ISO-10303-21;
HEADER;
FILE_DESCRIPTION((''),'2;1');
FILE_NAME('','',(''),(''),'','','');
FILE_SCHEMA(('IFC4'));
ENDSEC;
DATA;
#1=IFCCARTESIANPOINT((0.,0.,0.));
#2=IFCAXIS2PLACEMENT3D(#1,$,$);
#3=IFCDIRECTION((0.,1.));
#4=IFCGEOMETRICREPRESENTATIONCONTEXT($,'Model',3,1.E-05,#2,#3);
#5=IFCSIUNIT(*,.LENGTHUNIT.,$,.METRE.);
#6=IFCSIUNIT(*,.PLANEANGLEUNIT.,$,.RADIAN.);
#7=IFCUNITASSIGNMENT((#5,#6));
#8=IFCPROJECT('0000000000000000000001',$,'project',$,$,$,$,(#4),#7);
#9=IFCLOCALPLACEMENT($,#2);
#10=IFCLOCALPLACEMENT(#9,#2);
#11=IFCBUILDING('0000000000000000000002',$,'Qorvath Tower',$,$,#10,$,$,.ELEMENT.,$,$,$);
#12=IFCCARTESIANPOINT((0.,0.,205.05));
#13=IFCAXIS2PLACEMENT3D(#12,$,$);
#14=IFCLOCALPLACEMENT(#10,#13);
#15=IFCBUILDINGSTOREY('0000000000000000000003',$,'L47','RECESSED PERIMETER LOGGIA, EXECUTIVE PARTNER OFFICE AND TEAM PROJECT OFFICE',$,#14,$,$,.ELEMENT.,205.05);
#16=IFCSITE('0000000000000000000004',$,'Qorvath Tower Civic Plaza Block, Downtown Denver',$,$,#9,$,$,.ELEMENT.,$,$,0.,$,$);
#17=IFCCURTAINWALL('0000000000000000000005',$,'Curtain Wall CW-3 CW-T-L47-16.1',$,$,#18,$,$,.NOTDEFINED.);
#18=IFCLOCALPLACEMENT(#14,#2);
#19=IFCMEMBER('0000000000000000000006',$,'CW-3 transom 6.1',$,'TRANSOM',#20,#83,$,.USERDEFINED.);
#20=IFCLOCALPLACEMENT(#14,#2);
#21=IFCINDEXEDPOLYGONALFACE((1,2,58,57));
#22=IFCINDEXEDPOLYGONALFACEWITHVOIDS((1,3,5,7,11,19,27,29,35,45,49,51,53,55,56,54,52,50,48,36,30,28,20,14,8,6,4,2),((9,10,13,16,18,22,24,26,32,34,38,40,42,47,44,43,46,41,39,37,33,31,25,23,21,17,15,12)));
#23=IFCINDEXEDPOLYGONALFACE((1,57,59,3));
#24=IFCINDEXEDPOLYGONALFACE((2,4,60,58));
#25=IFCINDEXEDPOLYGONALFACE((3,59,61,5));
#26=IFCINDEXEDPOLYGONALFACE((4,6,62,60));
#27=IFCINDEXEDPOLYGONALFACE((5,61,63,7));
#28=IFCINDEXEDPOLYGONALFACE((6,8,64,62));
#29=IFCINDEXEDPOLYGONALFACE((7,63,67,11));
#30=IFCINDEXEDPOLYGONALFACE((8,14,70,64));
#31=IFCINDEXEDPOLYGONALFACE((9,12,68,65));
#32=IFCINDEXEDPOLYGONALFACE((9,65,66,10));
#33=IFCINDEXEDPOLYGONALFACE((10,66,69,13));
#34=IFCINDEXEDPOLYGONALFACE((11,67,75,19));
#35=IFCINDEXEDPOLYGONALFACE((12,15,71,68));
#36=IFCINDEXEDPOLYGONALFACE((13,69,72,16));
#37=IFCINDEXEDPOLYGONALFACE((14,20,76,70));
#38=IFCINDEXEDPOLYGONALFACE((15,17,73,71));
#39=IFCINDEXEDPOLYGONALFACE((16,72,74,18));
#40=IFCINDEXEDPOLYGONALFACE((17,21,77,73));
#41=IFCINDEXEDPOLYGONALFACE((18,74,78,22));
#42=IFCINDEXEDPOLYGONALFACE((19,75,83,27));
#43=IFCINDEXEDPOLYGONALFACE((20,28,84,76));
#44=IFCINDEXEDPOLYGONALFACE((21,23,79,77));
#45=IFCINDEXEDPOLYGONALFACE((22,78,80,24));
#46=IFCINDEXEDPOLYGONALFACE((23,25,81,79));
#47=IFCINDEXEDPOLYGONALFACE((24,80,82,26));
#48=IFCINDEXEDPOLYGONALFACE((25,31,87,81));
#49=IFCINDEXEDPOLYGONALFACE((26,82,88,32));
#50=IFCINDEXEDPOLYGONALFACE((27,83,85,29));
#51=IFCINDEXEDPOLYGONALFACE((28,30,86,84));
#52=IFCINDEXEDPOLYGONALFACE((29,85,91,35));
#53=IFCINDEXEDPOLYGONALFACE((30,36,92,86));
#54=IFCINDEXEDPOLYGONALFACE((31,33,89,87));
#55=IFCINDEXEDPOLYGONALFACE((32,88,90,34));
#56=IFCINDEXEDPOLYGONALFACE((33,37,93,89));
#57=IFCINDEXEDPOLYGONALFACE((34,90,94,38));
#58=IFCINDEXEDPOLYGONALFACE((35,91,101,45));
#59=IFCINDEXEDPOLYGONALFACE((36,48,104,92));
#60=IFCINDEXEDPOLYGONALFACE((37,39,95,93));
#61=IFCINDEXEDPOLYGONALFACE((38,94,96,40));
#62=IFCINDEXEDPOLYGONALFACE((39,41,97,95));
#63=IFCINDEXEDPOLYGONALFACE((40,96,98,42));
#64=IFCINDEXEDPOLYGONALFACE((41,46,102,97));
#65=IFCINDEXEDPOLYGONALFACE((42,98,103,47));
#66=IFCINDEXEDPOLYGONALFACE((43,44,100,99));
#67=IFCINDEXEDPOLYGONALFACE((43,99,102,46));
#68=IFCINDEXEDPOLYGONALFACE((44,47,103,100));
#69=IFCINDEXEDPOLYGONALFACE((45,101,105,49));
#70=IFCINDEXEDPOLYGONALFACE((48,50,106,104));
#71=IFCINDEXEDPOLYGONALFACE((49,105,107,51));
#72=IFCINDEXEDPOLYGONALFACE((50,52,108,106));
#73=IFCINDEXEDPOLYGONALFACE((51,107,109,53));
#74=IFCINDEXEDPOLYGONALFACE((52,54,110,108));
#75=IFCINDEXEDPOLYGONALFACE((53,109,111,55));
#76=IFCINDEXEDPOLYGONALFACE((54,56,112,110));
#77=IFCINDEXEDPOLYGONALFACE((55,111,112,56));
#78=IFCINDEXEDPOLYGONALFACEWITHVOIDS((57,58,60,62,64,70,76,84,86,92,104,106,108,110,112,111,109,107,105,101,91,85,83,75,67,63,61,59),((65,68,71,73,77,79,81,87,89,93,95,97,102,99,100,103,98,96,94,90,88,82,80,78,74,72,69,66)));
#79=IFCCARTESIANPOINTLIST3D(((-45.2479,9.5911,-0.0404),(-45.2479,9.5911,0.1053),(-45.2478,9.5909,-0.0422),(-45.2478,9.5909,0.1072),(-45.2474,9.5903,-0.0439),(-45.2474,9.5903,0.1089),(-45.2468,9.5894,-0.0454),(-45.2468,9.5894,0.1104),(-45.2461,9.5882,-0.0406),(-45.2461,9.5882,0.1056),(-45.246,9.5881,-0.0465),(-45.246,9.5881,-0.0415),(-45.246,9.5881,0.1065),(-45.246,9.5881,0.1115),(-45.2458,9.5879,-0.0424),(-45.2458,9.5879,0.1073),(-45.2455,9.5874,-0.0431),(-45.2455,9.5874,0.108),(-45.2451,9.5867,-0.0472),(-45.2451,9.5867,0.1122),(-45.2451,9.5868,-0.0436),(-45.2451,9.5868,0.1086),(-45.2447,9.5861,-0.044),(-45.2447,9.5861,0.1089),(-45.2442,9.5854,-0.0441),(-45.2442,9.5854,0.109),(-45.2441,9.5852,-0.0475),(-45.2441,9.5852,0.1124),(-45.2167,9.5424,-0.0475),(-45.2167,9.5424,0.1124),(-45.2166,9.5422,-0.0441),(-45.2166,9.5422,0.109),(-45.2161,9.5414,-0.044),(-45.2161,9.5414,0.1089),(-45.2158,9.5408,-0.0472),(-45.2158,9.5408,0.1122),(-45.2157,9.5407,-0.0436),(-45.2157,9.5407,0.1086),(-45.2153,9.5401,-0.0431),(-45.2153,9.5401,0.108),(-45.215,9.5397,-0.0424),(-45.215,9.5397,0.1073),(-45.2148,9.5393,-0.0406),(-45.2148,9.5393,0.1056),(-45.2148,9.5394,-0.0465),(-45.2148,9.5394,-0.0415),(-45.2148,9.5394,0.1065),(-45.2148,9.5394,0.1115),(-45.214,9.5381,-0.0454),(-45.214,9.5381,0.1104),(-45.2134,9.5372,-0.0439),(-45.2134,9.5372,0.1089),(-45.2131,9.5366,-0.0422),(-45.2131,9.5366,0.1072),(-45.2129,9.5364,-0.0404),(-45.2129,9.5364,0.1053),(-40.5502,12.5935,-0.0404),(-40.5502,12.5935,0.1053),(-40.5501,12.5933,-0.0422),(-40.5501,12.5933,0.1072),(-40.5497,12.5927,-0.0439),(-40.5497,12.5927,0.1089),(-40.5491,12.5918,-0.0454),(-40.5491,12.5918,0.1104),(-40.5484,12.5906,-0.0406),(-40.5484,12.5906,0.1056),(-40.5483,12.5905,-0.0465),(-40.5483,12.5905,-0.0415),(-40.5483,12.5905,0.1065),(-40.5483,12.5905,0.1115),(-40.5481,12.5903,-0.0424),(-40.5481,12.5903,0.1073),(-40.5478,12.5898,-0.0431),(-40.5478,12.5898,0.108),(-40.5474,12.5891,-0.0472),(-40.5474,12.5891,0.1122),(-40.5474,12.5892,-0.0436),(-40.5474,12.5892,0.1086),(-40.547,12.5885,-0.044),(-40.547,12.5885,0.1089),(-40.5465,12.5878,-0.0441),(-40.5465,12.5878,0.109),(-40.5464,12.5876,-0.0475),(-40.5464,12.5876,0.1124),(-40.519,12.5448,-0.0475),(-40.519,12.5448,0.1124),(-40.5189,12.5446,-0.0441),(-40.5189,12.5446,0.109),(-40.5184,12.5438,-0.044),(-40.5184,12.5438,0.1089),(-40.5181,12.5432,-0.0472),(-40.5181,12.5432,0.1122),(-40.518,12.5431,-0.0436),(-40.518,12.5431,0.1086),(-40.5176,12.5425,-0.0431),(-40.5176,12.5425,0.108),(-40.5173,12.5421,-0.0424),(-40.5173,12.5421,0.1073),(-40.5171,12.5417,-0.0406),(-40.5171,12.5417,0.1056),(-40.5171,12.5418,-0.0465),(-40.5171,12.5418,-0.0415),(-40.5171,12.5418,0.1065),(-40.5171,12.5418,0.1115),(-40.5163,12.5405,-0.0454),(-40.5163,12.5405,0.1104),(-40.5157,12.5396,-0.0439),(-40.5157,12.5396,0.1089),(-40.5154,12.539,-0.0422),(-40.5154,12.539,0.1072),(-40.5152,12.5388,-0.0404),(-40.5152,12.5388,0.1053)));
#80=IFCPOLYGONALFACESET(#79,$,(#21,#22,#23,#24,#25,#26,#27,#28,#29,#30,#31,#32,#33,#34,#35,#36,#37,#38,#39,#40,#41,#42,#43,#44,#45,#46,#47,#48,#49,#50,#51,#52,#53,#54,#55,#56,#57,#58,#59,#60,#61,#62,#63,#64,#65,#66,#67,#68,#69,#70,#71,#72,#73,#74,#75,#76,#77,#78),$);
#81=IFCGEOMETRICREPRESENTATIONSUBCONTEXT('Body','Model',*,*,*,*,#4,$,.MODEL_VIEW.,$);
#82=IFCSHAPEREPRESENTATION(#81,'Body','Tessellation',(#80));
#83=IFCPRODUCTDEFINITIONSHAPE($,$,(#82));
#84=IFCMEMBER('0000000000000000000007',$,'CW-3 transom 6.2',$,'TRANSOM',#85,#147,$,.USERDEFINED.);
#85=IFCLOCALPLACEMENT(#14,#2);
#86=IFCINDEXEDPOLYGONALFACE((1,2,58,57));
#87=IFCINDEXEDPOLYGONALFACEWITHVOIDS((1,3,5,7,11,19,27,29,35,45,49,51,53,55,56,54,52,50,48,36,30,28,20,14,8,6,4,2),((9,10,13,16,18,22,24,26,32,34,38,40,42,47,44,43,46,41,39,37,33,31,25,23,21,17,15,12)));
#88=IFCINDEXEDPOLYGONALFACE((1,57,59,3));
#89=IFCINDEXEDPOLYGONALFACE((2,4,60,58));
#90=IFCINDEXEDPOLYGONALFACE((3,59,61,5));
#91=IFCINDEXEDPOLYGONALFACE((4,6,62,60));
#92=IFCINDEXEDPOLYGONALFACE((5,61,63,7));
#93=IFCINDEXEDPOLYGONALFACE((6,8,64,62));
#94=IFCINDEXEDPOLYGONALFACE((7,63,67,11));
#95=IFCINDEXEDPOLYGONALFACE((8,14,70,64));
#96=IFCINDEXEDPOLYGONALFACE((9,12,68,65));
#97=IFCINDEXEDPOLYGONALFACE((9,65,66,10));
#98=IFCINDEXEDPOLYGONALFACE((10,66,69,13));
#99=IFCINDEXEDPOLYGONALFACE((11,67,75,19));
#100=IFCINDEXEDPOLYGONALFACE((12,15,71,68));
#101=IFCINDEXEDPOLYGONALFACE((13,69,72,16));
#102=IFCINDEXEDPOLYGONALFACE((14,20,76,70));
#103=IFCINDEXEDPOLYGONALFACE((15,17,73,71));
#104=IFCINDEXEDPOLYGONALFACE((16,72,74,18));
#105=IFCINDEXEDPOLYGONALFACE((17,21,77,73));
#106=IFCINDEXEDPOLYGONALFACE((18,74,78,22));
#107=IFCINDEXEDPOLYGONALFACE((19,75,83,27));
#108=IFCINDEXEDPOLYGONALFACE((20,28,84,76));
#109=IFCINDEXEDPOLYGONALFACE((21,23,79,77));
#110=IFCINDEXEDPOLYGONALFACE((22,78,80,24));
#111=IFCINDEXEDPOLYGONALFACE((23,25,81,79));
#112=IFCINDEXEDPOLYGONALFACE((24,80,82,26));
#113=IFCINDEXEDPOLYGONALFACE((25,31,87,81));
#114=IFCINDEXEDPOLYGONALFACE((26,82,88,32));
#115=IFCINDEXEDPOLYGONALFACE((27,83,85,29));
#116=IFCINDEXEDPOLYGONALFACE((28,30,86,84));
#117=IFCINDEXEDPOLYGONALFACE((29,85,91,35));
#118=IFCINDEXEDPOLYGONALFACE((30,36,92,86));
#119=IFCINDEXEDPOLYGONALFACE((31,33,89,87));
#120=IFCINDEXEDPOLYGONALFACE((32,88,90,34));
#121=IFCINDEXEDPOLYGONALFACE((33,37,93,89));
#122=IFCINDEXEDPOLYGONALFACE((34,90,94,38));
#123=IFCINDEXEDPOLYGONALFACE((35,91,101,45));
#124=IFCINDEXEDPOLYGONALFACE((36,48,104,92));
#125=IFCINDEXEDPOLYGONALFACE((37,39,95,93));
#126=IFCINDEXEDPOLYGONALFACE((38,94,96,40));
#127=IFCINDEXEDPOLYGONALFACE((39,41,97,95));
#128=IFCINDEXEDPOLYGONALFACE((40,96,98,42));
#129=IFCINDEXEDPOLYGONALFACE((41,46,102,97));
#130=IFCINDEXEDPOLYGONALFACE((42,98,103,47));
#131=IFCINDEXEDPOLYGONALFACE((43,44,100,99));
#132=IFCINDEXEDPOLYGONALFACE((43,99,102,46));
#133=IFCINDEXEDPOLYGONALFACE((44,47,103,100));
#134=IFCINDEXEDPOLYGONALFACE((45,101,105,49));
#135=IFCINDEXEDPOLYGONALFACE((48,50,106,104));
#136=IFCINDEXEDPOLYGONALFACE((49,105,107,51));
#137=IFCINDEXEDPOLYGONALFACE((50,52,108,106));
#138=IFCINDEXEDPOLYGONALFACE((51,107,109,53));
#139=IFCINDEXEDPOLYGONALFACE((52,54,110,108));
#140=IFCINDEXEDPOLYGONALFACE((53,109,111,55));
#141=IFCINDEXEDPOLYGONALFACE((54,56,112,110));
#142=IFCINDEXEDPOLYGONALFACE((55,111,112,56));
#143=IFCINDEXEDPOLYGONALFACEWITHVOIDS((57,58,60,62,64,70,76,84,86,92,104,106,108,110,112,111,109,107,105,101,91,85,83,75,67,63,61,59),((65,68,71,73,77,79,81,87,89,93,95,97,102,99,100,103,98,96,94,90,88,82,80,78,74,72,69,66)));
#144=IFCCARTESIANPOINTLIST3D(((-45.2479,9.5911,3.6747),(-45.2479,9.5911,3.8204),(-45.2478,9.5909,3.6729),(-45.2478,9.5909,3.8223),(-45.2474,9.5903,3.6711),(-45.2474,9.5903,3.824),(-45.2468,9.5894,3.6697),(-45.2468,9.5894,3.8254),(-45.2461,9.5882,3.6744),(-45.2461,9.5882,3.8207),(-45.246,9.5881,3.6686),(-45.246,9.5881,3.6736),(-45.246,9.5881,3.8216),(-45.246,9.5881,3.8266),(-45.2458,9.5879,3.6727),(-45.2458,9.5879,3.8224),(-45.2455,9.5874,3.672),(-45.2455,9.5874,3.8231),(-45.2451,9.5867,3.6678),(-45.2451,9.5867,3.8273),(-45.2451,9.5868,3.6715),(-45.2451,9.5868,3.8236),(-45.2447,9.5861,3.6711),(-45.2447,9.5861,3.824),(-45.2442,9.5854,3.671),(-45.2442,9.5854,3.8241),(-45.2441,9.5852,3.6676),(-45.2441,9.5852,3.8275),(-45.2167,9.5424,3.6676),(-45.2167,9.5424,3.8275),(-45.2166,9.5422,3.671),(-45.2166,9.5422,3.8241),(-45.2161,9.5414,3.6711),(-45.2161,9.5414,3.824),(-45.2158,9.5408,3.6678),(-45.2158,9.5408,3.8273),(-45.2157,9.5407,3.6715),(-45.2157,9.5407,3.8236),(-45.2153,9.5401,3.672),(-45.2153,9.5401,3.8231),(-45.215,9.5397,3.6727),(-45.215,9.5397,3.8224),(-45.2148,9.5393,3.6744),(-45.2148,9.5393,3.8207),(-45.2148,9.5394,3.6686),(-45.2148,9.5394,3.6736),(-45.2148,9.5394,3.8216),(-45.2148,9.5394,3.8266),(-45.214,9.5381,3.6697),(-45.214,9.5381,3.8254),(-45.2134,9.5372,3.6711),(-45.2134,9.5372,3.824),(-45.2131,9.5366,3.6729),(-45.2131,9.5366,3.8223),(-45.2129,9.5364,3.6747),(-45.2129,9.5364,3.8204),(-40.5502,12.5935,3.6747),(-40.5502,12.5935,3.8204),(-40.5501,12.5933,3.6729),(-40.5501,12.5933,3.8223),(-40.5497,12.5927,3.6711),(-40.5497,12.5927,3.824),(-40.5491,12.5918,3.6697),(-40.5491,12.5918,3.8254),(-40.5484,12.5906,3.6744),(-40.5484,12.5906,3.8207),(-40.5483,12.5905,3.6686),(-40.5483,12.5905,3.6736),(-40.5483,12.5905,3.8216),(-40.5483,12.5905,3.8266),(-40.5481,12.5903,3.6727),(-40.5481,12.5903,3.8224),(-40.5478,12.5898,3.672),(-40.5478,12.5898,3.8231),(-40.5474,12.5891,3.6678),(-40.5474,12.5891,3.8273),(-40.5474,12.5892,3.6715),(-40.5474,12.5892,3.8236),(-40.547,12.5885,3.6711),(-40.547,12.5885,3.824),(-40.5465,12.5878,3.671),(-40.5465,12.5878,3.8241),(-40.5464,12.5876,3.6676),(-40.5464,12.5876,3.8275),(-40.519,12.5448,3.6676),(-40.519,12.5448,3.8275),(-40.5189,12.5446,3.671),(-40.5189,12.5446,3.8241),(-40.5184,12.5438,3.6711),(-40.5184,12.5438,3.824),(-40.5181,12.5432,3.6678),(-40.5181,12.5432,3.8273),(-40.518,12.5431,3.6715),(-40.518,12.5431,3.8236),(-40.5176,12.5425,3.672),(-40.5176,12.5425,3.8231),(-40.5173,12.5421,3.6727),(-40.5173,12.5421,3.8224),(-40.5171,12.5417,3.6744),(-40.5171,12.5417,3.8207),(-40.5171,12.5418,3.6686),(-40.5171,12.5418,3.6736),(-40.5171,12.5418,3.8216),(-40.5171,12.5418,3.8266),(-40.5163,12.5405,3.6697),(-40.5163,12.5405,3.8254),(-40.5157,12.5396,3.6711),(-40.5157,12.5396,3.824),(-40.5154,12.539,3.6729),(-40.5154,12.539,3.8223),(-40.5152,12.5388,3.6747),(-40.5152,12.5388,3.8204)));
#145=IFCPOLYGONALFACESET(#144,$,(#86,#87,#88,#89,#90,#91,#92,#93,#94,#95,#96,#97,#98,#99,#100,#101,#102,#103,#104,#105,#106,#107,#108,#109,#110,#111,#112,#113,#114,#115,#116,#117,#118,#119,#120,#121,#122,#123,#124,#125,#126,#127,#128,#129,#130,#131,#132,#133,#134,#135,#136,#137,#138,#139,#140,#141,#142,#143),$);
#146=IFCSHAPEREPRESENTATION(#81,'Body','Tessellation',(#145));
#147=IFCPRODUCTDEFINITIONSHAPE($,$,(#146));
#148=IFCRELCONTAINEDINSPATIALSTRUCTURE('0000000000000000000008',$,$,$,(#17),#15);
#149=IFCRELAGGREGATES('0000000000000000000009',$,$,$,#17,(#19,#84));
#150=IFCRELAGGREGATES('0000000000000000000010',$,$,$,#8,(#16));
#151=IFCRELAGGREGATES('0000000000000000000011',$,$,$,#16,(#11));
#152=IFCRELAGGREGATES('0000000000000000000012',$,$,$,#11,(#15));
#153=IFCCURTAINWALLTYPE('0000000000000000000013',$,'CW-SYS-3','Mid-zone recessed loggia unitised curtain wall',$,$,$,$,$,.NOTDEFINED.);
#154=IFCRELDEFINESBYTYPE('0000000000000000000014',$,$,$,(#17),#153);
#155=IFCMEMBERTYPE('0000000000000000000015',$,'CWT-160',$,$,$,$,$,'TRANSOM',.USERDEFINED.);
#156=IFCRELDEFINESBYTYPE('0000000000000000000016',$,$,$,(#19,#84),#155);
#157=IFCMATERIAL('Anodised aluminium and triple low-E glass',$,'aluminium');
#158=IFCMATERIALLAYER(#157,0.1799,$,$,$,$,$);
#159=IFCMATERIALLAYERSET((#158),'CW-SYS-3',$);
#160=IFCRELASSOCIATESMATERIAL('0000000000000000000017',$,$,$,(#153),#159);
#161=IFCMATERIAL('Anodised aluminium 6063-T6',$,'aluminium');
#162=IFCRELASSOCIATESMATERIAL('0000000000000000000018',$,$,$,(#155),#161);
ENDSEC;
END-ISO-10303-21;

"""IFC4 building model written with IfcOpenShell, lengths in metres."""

from ifc_helpers import new_model, si_unit, direction, frame, origin, origin_2d, place, context, subcontext, project, spatial, hollow_rectangle, extrude, material, layer, layer_set, material_profile, profile_set, type_object, element, aggregate, save


model = new_model("IFC4")

# Units and contexts
model_context = context("Model", 3, precision=1e-05, world=origin(), true_north=direction((0.0, 1.0)))
body_context = subcontext(model_context, "Body", "Model", "MODEL_VIEW")
ifc_project = project(units=[si_unit("LENGTHUNIT", "METRE"), si_unit("PLANEANGLEUNIT", "RADIAN")], contexts=[model_context])

# Site, building, storey
site_placement = place(None, origin())
site = spatial("IfcSite", under=ifc_project, at=site_placement, Name="Qorvath Tower Civic Plaza Block, Downtown Denver", CompositionType="ELEMENT", RefElevation=0.0)
building_placement = place(site_placement, origin())
building = spatial("IfcBuilding", under=site, at=building_placement, Name="Qorvath Tower", CompositionType="ELEMENT")
storey_placement = place(building_placement, frame((0.0, 0.0, 205.05)))
storey = spatial("IfcBuildingStorey", under=building, at=storey_placement, Name="L47", Description="RECESSED PERIMETER LOGGIA, EXECUTIVE PARTNER OFFICE AND TEAM PROJECT OFFICE", CompositionType="ELEMENT", Elevation=205.05)

# Curtain wall, members
ifc_material_1 = material(Name="Anodised aluminium and triple low-E glass", Category="aluminium")
ifc_layer_1 = layer(ifc_material_1, 0.1799)
ifc_layer_set_1 = layer_set([ifc_layer_1], Name="CW-SYS-3")
curtain_wall_type = type_object("IfcCurtainWallType", Name="CW-SYS-3", Description="Mid-zone recessed loggia unitised curtain wall", PredefinedType="NOTDEFINED", material=ifc_layer_set_1)
curtain_wall_placement = place(storey_placement, origin())
curtain_wall = element("IfcCurtainWall", 1, at=curtain_wall_placement, inside=storey, type_object=curtain_wall_type, Name="Curtain Wall CW-3 CW-T-L47-16.1", PredefinedType="NOTDEFINED")
ifc_material_2 = material(Name="Anodised aluminium 6063-T6", Category="aluminium")
ifc_material_profile_1 = material_profile(ifc_material_2, hollow_rectangle(XDim=0.0649, YDim=0.1599, WallThickness=0.0034, InnerFilletRadius=0.0034, OuterFilletRadius=0.0071, at=origin_2d()), Name="CWT 160x65")
ifc_profile_set_1 = profile_set([ifc_material_profile_1], Name="Anodised aluminium 6063-T6")
member_type_1 = type_object("IfcMemberType", Name="CWT-160", ElementType="TRANSOM", PredefinedType="USERDEFINED", material=ifc_profile_set_1)
member_1_placement = place(storey_placement, frame((-40.5327, 12.5662, 0.0325), z_axis=(-0.842607, -0.538529, 0.0), x_axis=(0.538529, -0.842607, 0.0)))
member_1 = element("IfcMember", 2, at=member_1_placement, type_object=member_type_1, Name="CW-3 transom 6.1", ObjectType="TRANSOM", PredefinedType="USERDEFINED", context=body_context, shape_type="SweptSolid", body=[
    extrude(hollow_rectangle(XDim=0.0649, YDim=0.1599, WallThickness=0.0034, InnerFilletRadius=0.0034, OuterFilletRadius=0.0071, at=origin_2d()), origin(), (0.0, 0.0, 1.0), 5.5752),
])
member_2_placement = place(storey_placement, frame((-40.5327, 12.5662, 3.7476), z_axis=(-0.842607, -0.538529, 0.0), x_axis=(0.538529, -0.842607, 0.0)))
member_2 = element("IfcMember", 3, at=member_2_placement, type_object=member_type_1, Name="CW-3 transom 6.2", ObjectType="TRANSOM", PredefinedType="USERDEFINED", context=body_context, shape_type="SweptSolid", body=[
    extrude(hollow_rectangle(XDim=0.0649, YDim=0.1599, WallThickness=0.0034, InnerFilletRadius=0.0034, OuterFilletRadius=0.0071, at=origin_2d()), origin(), (0.0, 0.0, 1.0), 5.5752),
])
aggregate(curtain_wall, [member_1, member_2])

save(model, "model.ifc")
